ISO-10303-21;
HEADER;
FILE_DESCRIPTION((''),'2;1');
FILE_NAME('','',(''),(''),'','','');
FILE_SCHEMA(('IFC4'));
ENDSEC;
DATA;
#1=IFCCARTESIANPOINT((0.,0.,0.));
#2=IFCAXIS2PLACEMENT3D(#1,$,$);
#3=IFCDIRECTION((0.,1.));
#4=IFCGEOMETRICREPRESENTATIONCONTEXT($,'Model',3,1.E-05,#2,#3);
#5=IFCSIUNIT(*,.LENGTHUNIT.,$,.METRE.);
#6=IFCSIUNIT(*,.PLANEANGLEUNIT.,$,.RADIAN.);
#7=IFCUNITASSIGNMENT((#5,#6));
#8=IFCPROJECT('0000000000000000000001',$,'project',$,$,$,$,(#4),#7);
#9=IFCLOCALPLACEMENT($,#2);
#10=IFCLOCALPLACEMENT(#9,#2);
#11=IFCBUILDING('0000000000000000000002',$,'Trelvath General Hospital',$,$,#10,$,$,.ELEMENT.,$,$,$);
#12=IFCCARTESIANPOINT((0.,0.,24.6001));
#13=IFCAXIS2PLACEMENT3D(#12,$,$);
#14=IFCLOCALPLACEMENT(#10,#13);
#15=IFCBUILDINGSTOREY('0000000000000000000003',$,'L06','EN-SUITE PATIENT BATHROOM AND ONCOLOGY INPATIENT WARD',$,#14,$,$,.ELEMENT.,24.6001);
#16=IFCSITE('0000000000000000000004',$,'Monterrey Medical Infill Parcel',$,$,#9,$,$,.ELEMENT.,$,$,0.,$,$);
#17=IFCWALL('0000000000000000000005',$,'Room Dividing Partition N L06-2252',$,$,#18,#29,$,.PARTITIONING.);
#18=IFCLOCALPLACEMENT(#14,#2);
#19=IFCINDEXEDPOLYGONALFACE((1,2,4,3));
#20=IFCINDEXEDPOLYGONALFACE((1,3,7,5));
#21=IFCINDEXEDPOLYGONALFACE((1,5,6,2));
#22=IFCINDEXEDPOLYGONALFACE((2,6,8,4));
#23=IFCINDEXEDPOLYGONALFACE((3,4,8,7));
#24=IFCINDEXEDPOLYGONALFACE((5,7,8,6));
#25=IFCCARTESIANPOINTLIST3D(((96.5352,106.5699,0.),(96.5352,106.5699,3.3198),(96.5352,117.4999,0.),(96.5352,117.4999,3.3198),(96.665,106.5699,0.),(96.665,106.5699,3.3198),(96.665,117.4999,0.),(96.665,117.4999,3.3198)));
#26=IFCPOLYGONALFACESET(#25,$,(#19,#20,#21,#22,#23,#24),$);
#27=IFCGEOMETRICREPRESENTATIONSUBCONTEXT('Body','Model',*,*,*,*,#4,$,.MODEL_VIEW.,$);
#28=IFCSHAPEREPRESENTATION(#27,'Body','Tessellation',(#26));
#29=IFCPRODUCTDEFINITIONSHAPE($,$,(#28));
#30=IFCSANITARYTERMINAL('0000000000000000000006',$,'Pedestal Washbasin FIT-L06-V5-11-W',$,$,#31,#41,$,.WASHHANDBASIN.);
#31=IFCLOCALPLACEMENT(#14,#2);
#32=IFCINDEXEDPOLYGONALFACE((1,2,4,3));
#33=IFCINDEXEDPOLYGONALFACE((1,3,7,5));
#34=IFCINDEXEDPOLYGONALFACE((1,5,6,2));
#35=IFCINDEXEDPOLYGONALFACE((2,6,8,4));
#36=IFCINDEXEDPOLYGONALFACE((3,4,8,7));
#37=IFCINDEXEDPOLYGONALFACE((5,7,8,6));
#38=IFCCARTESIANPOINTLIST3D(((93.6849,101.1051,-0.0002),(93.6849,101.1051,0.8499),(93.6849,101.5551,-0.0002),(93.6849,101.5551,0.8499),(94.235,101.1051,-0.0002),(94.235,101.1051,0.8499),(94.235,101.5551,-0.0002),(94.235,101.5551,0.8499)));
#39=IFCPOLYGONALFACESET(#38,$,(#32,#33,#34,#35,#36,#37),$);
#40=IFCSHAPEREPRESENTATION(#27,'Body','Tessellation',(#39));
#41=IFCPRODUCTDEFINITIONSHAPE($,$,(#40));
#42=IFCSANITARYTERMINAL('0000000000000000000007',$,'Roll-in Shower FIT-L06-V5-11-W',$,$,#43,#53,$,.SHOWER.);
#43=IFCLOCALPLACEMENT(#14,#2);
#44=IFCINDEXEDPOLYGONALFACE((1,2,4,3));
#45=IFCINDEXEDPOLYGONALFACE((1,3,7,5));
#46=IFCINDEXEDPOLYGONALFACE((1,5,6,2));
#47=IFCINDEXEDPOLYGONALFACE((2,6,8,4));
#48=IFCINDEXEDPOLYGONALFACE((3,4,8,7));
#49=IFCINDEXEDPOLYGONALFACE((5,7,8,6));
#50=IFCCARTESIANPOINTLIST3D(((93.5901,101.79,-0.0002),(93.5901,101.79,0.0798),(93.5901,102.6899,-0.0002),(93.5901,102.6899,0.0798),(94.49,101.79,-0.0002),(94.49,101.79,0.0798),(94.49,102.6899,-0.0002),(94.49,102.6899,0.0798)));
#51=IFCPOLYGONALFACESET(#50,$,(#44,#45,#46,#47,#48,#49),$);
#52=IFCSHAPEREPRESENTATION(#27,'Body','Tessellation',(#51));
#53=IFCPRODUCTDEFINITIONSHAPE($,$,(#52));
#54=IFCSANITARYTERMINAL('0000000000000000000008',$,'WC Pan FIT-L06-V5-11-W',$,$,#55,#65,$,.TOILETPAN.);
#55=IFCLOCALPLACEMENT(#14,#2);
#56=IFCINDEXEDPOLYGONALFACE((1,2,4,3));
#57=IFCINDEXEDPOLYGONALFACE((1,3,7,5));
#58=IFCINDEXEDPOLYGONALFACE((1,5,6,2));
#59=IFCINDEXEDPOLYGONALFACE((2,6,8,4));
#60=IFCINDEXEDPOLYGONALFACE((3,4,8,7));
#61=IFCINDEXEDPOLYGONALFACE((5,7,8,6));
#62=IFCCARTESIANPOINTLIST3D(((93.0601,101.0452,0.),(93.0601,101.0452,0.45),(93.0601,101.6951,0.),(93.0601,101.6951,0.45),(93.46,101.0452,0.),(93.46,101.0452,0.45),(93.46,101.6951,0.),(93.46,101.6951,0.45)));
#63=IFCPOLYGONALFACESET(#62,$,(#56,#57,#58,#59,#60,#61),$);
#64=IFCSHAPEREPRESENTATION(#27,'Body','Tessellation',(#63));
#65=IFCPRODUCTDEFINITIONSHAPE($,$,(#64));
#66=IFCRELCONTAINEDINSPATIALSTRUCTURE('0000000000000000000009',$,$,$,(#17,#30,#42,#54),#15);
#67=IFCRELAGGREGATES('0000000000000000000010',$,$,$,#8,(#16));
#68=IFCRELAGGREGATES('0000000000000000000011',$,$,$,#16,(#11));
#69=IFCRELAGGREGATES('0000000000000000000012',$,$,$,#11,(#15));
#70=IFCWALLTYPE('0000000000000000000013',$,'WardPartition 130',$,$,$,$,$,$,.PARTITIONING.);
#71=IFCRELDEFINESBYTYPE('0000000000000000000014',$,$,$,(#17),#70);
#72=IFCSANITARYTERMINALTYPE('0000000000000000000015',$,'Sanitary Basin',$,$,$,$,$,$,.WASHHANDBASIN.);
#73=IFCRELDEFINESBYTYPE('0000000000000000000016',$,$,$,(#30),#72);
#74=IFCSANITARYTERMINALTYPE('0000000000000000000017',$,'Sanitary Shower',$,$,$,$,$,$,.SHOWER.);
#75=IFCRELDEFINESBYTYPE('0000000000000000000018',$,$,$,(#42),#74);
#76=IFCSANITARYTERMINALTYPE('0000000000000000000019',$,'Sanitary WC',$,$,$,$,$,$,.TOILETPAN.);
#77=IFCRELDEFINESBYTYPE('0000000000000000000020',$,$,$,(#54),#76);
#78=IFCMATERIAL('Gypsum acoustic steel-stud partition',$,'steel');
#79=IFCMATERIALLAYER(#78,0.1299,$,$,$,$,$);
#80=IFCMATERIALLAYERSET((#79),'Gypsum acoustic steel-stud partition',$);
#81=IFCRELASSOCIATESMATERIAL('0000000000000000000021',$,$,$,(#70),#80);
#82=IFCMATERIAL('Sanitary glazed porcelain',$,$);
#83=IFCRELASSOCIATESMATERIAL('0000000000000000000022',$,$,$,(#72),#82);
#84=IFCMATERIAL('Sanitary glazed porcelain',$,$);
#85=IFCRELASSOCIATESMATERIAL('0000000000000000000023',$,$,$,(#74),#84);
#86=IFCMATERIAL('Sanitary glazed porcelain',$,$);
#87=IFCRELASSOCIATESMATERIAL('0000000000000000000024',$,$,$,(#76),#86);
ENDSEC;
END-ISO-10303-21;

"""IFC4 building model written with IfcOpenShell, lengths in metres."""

from ifc_helpers import new_model, si_unit, direction, frame, frame_2d, origin, origin_2d, place, context, subcontext, project, spatial, rectangle, extrude, material, layer, layer_set, type_object, element, save


model = new_model("IFC4")

# Units and contexts
model_context = context("Model", 3, precision=1e-05, world=origin(), true_north=direction((0.0, 1.0)))
body_context = subcontext(model_context, "Body", "Model", "MODEL_VIEW")
ifc_project = project(units=[si_unit("LENGTHUNIT", "METRE"), si_unit("PLANEANGLEUNIT", "RADIAN")], contexts=[model_context])

# Site, building, storey
site_placement = place(None, origin())
site = spatial("IfcSite", under=ifc_project, at=site_placement, Name="Monterrey Medical Infill Parcel", CompositionType="ELEMENT", RefElevation=0.0)
building_placement = place(site_placement, origin())
building = spatial("IfcBuilding", under=site, at=building_placement, Name="Trelvath General Hospital", CompositionType="ELEMENT")
storey_placement = place(building_placement, frame((0.0, 0.0, 24.6001)))
storey = spatial("IfcBuildingStorey", under=building, at=storey_placement, Name="L06", Description="EN-SUITE PATIENT BATHROOM AND ONCOLOGY INPATIENT WARD", CompositionType="ELEMENT", Elevation=24.6001)

# Wall
ifc_material_1 = material(Name="Gypsum acoustic steel-stud partition", Category="steel")
ifc_layer_1 = layer(ifc_material_1, 0.1299)
ifc_layer_set_1 = layer_set([ifc_layer_1], Name="Gypsum acoustic steel-stud partition")
wall_type_1 = type_object("IfcWallType", Name="WardPartition 130", PredefinedType="PARTITIONING", material=ifc_layer_set_1)
wall_1_placement = place(storey_placement, frame((96.6001, 106.5701, 0.0), z_axis=(0.0, 0.0, 1.0), x_axis=(0.0, 1.0, 0.0)))
element("IfcWall", 1, at=wall_1_placement, inside=storey, type_object=wall_type_1, Name="Room Dividing Partition N L06-2252", PredefinedType="PARTITIONING", context=body_context, shape_type="SweptSolid", body=[
    extrude(rectangle(XDim=10.9299, YDim=0.1299, at=frame_2d((5.4648, 0.0))), origin(), (0.0, 0.0, 1.0), 3.3198),
])

# Sanitary terminals
ifc_material_2 = material(Name="Sanitary glazed porcelain")
sanitary_terminal_type_1 = type_object("IfcSanitaryTerminalType", Name="Sanitary Basin", PredefinedType="WASHHANDBASIN", material=ifc_material_2)
sanitary_terminal_1_placement = place(storey_placement, frame((93.96, 101.3301, -0.0002), z_axis=(0.0, 0.0, 1.0), x_axis=(1.0, 0.0, 0.0)))
element("IfcSanitaryTerminal", 2, at=sanitary_terminal_1_placement, inside=storey, type_object=sanitary_terminal_type_1, Name="Pedestal Washbasin FIT-L06-V5-11-W", PredefinedType="WASHHANDBASIN", context=body_context, shape_type="SweptSolid", body=[
    extrude(rectangle(XDim=0.55, YDim=0.45, at=origin_2d()), origin(), (0.0, 0.0, 1.0), 0.8501),
])
ifc_material_3 = material(Name="Sanitary glazed porcelain")
sanitary_terminal_type_2 = type_object("IfcSanitaryTerminalType", Name="Sanitary Shower", PredefinedType="SHOWER", material=ifc_material_3)
sanitary_terminal_2_placement = place(storey_placement, frame((94.04, 102.24, -0.0002), z_axis=(0.0, 0.0, 1.0), x_axis=(1.0, 0.0, 0.0)))
element("IfcSanitaryTerminal", 3, at=sanitary_terminal_2_placement, inside=storey, type_object=sanitary_terminal_type_2, Name="Roll-in Shower FIT-L06-V5-11-W", PredefinedType="SHOWER", context=body_context, shape_type="SweptSolid", body=[
    extrude(rectangle(XDim=0.8999, YDim=0.8999, at=origin_2d()), origin(), (0.0, 0.0, 1.0), 0.0801),
])
ifc_material_4 = material(Name="Sanitary glazed porcelain")
sanitary_terminal_type_3 = type_object("IfcSanitaryTerminalType", Name="Sanitary WC", PredefinedType="TOILETPAN", material=ifc_material_4)
sanitary_terminal_3_placement = place(storey_placement, frame((93.26, 101.3701, 0.0), z_axis=(0.0, 0.0, 1.0), x_axis=(1.0, 0.0, 0.0)))
element("IfcSanitaryTerminal", 4, at=sanitary_terminal_3_placement, inside=storey, type_object=sanitary_terminal_type_3, Name="WC Pan FIT-L06-V5-11-W", PredefinedType="TOILETPAN", context=body_context, shape_type="SweptSolid", body=[
    extrude(rectangle(XDim=0.3999, YDim=0.6499, at=origin_2d()), origin(), (0.0, 0.0, 1.0), 0.45),
])

save(model, "model.ifc")
